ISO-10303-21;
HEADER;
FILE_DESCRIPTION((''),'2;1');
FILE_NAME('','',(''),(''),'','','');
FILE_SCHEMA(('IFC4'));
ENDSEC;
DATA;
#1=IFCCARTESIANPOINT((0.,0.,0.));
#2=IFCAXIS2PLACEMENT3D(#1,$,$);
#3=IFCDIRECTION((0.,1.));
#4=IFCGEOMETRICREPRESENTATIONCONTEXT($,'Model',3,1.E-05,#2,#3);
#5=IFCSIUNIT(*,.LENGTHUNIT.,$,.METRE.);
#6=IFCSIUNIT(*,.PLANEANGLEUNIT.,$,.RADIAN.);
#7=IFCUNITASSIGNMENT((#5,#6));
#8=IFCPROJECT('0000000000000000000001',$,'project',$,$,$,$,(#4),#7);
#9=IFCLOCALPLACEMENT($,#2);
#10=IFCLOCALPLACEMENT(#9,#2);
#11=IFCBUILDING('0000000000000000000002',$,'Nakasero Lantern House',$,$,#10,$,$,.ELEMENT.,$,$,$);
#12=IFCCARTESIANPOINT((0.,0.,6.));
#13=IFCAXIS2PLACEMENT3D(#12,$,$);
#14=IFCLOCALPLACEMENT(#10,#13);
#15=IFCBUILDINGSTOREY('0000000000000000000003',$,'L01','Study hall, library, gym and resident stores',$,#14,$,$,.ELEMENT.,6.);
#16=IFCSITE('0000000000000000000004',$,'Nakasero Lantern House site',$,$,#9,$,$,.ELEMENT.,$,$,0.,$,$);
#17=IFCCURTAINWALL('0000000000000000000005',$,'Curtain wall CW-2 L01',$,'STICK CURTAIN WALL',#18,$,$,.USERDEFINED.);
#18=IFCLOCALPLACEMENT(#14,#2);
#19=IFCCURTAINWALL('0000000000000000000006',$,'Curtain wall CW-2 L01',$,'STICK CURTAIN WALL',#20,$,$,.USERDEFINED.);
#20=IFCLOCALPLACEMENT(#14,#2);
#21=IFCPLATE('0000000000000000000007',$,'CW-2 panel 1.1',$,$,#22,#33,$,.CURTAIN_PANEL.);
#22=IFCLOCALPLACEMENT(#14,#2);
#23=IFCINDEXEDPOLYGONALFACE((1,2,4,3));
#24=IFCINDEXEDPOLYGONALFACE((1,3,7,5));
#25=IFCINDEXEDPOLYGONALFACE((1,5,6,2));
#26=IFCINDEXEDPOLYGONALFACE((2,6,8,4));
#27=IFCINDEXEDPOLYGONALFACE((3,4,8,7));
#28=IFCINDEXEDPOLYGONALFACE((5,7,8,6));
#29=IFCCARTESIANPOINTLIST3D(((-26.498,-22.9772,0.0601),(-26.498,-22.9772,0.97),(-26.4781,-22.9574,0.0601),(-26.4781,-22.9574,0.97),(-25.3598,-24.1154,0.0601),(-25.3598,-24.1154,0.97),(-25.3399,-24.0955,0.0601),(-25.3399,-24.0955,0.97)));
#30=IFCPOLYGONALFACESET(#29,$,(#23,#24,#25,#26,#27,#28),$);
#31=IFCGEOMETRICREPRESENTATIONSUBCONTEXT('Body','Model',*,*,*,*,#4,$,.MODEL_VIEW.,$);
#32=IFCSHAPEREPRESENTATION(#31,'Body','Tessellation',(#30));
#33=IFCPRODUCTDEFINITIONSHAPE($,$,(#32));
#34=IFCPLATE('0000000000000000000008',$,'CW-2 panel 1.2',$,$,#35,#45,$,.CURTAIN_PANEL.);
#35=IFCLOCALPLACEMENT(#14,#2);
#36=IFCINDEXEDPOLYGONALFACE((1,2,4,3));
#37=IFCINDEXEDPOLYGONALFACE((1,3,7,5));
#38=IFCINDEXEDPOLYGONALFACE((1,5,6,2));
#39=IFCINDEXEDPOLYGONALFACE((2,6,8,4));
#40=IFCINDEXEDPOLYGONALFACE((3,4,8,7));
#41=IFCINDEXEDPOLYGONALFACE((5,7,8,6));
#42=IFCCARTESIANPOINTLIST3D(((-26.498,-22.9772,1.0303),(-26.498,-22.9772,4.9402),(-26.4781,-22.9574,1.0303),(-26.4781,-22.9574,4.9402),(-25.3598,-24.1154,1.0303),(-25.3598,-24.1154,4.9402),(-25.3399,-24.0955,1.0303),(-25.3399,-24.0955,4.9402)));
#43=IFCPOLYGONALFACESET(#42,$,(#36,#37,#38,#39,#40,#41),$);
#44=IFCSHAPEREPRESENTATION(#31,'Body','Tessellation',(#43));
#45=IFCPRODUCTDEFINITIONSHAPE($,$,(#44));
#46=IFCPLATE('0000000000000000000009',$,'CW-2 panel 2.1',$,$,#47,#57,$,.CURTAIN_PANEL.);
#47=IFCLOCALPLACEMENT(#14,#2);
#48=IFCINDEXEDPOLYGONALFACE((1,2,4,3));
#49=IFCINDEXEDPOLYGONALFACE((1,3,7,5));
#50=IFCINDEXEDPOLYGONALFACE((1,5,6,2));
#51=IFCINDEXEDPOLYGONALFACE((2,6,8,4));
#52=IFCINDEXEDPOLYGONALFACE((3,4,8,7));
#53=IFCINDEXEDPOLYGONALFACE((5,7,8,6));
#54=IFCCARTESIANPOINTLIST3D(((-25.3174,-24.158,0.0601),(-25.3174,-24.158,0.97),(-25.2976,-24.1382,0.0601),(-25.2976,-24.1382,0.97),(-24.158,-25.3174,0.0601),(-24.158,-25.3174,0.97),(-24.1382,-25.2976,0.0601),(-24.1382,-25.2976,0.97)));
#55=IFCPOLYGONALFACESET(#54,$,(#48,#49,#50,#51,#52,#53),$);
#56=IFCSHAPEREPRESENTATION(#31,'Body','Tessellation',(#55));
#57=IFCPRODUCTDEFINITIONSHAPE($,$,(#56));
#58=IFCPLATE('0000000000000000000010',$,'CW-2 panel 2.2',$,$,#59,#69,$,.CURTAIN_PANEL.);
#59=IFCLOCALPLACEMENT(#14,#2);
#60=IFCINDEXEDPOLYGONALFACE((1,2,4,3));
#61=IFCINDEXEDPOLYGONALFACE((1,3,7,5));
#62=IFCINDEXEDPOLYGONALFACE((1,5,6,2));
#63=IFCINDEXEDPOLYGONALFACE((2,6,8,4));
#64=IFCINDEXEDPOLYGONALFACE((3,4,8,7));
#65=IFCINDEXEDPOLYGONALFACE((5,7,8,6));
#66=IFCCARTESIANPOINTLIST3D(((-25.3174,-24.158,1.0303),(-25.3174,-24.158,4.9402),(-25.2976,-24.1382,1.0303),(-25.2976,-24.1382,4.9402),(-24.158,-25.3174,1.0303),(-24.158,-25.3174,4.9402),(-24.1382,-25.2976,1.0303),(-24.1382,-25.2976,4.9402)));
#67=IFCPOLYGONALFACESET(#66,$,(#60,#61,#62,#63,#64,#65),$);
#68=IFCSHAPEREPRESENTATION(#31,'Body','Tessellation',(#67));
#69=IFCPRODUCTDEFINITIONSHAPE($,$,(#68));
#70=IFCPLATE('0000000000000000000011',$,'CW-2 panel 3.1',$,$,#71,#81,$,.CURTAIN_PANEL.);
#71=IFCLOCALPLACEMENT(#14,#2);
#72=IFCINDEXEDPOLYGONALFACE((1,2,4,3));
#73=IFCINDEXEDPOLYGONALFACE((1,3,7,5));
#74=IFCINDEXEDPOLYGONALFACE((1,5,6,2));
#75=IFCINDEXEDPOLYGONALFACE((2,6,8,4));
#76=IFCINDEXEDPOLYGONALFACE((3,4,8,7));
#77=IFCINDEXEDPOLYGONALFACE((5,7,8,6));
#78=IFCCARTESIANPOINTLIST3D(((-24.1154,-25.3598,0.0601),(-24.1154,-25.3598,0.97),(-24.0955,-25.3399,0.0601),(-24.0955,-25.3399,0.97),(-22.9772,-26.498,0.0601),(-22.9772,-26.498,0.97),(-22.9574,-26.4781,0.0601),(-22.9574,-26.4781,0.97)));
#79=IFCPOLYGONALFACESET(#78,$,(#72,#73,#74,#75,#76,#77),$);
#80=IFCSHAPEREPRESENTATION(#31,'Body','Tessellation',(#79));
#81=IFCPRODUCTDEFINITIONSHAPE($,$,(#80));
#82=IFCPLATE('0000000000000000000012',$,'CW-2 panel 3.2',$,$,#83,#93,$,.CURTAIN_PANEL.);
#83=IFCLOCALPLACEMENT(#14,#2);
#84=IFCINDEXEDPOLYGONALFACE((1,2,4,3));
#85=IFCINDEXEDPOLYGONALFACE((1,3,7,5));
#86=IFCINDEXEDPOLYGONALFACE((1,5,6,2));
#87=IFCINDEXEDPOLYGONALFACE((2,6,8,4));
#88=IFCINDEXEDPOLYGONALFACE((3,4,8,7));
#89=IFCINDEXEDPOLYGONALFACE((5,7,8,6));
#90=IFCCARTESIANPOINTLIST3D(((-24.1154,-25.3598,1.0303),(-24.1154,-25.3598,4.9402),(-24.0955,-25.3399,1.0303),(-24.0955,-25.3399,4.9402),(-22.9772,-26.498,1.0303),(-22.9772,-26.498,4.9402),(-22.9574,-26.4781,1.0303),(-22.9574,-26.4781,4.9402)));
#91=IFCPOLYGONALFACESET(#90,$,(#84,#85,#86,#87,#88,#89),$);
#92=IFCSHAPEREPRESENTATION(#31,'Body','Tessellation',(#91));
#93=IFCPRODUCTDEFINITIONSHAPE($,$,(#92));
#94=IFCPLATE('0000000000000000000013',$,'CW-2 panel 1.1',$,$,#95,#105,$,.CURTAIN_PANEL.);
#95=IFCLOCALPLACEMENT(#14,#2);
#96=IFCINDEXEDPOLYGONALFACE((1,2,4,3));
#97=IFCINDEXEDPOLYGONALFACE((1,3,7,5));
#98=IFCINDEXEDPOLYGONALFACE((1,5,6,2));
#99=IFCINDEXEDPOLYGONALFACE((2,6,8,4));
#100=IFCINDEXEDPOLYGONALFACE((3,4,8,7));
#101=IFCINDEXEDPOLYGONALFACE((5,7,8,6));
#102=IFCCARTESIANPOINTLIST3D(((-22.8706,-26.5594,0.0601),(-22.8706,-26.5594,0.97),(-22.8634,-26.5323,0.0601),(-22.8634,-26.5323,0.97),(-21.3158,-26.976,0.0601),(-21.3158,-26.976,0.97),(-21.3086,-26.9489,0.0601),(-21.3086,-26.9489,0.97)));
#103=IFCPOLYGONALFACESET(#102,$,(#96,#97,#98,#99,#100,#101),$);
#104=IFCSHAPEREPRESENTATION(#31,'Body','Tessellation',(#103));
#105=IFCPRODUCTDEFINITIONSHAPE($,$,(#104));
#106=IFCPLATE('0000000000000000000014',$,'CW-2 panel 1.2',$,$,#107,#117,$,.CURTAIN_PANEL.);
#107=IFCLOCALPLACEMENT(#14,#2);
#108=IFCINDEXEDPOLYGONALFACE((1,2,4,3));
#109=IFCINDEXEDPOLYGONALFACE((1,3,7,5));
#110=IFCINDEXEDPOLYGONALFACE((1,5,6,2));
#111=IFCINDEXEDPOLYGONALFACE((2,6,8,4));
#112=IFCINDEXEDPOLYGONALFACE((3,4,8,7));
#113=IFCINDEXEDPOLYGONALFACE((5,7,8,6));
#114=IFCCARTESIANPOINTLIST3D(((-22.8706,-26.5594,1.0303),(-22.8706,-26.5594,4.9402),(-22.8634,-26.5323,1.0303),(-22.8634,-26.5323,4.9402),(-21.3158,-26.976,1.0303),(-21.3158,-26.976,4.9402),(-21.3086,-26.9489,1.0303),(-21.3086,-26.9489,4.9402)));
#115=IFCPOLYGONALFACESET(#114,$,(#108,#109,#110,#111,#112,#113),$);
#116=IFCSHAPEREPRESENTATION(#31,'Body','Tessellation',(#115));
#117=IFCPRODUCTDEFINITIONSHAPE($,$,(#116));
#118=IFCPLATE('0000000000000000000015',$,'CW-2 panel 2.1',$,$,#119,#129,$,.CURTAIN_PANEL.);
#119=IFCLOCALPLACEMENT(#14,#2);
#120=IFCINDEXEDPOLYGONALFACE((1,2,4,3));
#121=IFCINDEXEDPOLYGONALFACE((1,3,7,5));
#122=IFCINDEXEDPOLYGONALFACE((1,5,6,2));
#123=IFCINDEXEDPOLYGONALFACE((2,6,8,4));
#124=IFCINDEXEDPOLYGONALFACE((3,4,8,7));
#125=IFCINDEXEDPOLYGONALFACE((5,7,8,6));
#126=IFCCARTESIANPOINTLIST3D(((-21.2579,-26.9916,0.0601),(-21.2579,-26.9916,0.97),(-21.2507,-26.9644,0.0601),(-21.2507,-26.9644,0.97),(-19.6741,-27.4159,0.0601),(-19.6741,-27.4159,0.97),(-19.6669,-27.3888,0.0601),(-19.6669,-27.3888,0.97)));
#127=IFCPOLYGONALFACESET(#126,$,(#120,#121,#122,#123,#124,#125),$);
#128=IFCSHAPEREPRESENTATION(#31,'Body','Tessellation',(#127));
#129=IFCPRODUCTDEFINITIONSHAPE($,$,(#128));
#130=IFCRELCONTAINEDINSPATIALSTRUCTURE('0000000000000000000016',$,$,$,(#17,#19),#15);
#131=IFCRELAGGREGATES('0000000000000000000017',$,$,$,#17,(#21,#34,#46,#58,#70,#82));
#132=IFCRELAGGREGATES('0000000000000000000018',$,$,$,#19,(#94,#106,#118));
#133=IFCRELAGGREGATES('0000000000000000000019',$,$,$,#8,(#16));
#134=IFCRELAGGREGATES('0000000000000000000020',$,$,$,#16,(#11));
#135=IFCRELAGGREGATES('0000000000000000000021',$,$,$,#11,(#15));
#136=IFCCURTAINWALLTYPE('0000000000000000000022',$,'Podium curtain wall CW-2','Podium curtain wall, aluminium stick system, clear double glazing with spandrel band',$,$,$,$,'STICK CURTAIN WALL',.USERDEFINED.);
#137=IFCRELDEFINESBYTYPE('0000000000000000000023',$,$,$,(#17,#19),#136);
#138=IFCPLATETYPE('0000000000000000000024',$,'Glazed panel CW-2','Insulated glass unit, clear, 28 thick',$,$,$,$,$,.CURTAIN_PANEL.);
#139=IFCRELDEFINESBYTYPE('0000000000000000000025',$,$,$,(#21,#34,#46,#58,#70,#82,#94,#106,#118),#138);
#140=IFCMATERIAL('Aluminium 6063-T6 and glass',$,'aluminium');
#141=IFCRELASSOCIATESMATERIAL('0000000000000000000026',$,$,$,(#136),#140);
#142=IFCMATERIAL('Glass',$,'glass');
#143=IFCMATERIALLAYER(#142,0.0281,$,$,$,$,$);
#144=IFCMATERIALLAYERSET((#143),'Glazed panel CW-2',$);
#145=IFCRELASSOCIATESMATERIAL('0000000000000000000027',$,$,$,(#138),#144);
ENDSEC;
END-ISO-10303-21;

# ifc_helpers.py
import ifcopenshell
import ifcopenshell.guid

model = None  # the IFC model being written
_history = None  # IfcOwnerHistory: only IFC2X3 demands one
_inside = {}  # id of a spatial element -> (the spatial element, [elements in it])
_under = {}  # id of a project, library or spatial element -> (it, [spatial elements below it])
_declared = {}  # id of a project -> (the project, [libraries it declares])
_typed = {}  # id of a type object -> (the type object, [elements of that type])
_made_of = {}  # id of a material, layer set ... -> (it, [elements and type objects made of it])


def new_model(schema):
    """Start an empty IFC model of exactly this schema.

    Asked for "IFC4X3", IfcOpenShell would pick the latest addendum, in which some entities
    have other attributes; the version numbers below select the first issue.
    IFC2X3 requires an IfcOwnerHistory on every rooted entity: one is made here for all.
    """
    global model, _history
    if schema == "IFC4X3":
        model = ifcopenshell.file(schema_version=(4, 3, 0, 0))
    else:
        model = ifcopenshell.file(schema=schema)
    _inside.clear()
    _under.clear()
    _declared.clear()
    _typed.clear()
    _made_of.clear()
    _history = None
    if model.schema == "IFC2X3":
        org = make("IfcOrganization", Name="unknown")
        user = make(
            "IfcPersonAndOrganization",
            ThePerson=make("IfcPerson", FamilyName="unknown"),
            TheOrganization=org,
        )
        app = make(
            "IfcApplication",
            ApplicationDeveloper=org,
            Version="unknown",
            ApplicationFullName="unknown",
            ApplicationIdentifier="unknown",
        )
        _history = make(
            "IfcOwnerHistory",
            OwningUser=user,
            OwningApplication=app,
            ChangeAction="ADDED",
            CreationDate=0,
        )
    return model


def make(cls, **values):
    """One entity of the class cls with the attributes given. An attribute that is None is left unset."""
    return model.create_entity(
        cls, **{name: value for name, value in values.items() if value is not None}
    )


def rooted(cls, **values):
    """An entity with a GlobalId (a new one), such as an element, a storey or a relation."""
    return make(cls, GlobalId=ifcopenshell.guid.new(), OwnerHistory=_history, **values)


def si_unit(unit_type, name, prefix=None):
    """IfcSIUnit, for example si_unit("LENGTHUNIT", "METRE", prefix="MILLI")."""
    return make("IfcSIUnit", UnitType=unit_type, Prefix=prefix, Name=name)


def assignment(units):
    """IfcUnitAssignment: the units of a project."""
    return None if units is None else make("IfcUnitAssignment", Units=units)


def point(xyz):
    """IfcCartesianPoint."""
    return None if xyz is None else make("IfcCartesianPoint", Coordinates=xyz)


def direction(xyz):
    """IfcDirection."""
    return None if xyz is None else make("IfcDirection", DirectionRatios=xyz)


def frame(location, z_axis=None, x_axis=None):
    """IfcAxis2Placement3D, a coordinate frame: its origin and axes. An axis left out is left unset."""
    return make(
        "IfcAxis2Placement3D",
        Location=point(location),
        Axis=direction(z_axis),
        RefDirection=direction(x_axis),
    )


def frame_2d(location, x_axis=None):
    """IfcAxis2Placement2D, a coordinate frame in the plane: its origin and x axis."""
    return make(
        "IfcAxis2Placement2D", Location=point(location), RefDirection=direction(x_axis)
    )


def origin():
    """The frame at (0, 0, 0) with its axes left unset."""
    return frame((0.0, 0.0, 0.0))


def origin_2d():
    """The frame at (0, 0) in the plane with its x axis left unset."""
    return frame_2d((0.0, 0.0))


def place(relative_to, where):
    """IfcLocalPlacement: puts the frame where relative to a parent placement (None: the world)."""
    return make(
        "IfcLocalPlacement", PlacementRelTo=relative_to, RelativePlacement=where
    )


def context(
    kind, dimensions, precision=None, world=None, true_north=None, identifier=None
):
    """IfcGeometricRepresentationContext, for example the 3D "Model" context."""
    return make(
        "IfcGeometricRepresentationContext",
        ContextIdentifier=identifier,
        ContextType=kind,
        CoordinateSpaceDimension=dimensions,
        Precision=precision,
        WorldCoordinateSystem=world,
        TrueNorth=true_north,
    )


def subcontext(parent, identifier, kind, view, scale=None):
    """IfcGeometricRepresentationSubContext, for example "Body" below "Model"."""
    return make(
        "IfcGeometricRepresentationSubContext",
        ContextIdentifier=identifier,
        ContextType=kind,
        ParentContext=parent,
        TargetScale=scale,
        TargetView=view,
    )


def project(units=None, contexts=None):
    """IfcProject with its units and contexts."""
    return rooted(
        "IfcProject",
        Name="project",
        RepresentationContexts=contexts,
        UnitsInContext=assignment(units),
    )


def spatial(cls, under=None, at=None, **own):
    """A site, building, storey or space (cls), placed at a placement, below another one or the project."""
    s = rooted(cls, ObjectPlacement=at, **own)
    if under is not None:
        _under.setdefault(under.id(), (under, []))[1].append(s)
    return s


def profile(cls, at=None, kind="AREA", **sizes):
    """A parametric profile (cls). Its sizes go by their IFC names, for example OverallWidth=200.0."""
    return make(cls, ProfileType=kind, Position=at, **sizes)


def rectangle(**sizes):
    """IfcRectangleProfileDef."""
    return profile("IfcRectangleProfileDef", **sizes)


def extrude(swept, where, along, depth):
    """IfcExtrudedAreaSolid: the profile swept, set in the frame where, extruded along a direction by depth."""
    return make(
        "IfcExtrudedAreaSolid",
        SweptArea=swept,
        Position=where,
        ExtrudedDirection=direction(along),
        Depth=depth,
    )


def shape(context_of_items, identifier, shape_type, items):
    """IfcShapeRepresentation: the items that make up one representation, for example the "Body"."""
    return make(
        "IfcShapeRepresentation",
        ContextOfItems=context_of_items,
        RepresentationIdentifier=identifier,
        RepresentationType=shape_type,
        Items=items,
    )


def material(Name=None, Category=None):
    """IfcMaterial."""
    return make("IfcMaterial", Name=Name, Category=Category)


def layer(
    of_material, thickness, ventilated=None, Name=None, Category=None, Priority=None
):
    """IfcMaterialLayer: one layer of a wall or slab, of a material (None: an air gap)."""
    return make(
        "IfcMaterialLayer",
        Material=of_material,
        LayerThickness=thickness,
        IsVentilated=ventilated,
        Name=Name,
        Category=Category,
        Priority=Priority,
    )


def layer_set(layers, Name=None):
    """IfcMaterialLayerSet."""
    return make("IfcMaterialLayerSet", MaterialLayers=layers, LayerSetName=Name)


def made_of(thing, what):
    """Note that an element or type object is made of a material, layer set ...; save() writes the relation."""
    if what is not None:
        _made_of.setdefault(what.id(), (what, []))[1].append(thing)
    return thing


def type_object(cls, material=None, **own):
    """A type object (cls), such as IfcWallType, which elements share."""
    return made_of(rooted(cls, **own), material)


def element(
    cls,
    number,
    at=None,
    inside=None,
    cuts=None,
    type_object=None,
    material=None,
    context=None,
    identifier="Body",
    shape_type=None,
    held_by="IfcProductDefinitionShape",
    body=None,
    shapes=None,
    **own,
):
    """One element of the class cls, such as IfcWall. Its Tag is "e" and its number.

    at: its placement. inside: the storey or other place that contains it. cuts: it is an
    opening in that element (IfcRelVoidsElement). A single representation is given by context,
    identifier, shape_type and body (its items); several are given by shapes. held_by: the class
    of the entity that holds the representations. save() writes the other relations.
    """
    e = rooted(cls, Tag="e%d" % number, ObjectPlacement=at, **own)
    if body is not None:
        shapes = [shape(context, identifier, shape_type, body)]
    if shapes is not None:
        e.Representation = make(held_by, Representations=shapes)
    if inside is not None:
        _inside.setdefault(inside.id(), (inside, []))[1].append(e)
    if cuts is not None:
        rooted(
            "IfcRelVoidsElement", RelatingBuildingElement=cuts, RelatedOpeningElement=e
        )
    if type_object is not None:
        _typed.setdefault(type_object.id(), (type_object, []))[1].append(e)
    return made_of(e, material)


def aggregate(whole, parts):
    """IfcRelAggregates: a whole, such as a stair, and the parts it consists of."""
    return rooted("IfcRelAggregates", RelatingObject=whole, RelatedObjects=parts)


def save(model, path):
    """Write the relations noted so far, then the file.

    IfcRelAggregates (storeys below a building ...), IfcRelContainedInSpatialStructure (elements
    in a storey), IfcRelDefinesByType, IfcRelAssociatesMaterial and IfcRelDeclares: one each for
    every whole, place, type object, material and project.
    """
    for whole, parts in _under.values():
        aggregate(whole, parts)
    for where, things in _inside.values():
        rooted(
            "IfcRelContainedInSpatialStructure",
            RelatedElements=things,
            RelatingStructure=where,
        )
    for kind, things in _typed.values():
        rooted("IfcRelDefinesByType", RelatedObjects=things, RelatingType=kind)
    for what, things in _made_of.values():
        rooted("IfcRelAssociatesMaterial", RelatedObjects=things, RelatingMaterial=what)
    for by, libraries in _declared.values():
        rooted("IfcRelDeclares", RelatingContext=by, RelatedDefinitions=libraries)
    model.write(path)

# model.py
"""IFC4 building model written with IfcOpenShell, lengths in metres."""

from ifc_helpers import new_model, si_unit, direction, frame, origin, origin_2d, place, context, subcontext, project, spatial, rectangle, extrude, material, layer, layer_set, type_object, element, aggregate, save


model = new_model("IFC4")

# Units and contexts
model_context = context("Model", 3, precision=1e-05, world=origin(), true_north=direction((0.0, 1.0)))
body_context = subcontext(model_context, "Body", "Model", "MODEL_VIEW")
ifc_project = project(units=[si_unit("LENGTHUNIT", "METRE"), si_unit("PLANEANGLEUNIT", "RADIAN")], contexts=[model_context])

# Site, building, storey
site_placement = place(None, origin())
site = spatial("IfcSite", under=ifc_project, at=site_placement, Name="Nakasero Lantern House site", CompositionType="ELEMENT", RefElevation=0.0)
building_placement = place(site_placement, origin())
building = spatial("IfcBuilding", under=site, at=building_placement, Name="Nakasero Lantern House", CompositionType="ELEMENT")
storey_placement = place(building_placement, frame((0.0, 0.0, 6.0)))
storey = spatial("IfcBuildingStorey", under=building, at=storey_placement, Name="L01", Description="Study hall, library, gym and resident stores", CompositionType="ELEMENT", Elevation=6.0)

# Curtain walls
ifc_material_1 = material(Name="Aluminium 6063-T6 and glass", Category="aluminium")
curtain_wall_type = type_object("IfcCurtainWallType", Name="Podium curtain wall CW-2", Description="Podium curtain wall, aluminium stick system, clear double glazing with spandrel band", ElementType="STICK CURTAIN WALL", PredefinedType="USERDEFINED", material=ifc_material_1)
curtain_wall_1_placement = place(storey_placement, origin())
curtain_wall_1 = element("IfcCurtainWall", 1, at=curtain_wall_1_placement, inside=storey, type_object=curtain_wall_type, Name="Curtain wall CW-2 L01", ObjectType="STICK CURTAIN WALL", PredefinedType="USERDEFINED")
curtain_wall_2_placement = place(storey_placement, origin())
curtain_wall_2 = element("IfcCurtainWall", 2, at=curtain_wall_2_placement, inside=storey, type_object=curtain_wall_type, Name="Curtain wall CW-2 L01", ObjectType="STICK CURTAIN WALL", PredefinedType="USERDEFINED")

# Plates
ifc_material_2 = material(Name="Glass", Category="glass")
ifc_layer = layer(ifc_material_2, 0.0281)
ifc_layer_set = layer_set([ifc_layer], Name="Glazed panel CW-2")
plate_type = type_object("IfcPlateType", Name="Glazed panel CW-2", Description="Insulated glass unit, clear, 28 thick", PredefinedType="CURTAIN_PANEL", material=ifc_layer_set)
plate_1_placement = place(storey_placement, frame((-25.9189, -23.5364, 0.0601), z_axis=(0.0, 0.0, 1.0), x_axis=(0.707107, -0.707107, 0.0)))
plate_1 = element("IfcPlate", 3, at=plate_1_placement, type_object=plate_type, Name="CW-2 panel 1.1", PredefinedType="CURTAIN_PANEL", context=body_context, shape_type="SweptSolid", body=[
    extrude(rectangle(XDim=1.6096, YDim=0.0281, at=origin_2d()), origin(), (0.0, 0.0, 1.0), 0.9099),
])
plate_2_placement = place(storey_placement, frame((-25.9189, -23.5364, 1.0303), z_axis=(0.0, 0.0, 1.0), x_axis=(0.707107, -0.707107, 0.0)))
plate_2 = element("IfcPlate", 4, at=plate_2_placement, type_object=plate_type, Name="CW-2 panel 1.2", PredefinedType="CURTAIN_PANEL", context=body_context, shape_type="SweptSolid", body=[
    extrude(rectangle(XDim=1.6096, YDim=0.0281, at=origin_2d()), origin(), (0.0, 0.0, 1.0), 3.9099),
])
plate_3_placement = place(storey_placement, frame((-24.7278, -24.7278, 0.0601), z_axis=(0.0, 0.0, 1.0), x_axis=(0.707107, -0.707107, 0.0)))
plate_3 = element("IfcPlate", 5, at=plate_3_placement, type_object=plate_type, Name="CW-2 panel 2.1", PredefinedType="CURTAIN_PANEL", context=body_context, shape_type="SweptSolid", body=[
    extrude(rectangle(XDim=1.6396, YDim=0.0281, at=origin_2d()), origin(), (0.0, 0.0, 1.0), 0.9099),
])
plate_4_placement = place(storey_placement, frame((-24.7278, -24.7278, 1.0303), z_axis=(0.0, 0.0, 1.0), x_axis=(0.707107, -0.707107, 0.0)))
plate_4 = element("IfcPlate", 6, at=plate_4_placement, type_object=plate_type, Name="CW-2 panel 2.2", PredefinedType="CURTAIN_PANEL", context=body_context, shape_type="SweptSolid", body=[
    extrude(rectangle(XDim=1.6396, YDim=0.0281, at=origin_2d()), origin(), (0.0, 0.0, 1.0), 3.9099),
])
plate_5_placement = place(storey_placement, frame((-23.5364, -25.9189, 0.0601), z_axis=(0.0, 0.0, 1.0), x_axis=(0.707107, -0.707107, 0.0)))
plate_5 = element("IfcPlate", 7, at=plate_5_placement, type_object=plate_type, Name="CW-2 panel 3.1", PredefinedType="CURTAIN_PANEL", context=body_context, shape_type="SweptSolid", body=[
    extrude(rectangle(XDim=1.6096, YDim=0.0281, at=origin_2d()), origin(), (0.0, 0.0, 1.0), 0.9099),
])
plate_6_placement = place(storey_placement, frame((-23.5364, -25.9189, 1.0303), z_axis=(0.0, 0.0, 1.0), x_axis=(0.707107, -0.707107, 0.0)))
plate_6 = element("IfcPlate", 8, at=plate_6_placement, type_object=plate_type, Name="CW-2 panel 3.2", PredefinedType="CURTAIN_PANEL", context=body_context, shape_type="SweptSolid", body=[
    extrude(rectangle(XDim=1.6096, YDim=0.0281, at=origin_2d()), origin(), (0.0, 0.0, 1.0), 3.9099),
])
aggregate(curtain_wall_1, [plate_1, plate_2, plate_3, plate_4, plate_5, plate_6])
plate_7_placement = place(storey_placement, frame((-22.0896, -26.7542, 0.0601), z_axis=(0.0, 0.0, 1.0), x_axis=(0.965926, -0.258819, 0.0)))
plate_7 = element("IfcPlate", 9, at=plate_7_placement, type_object=plate_type, Name="CW-2 panel 1.1", PredefinedType="CURTAIN_PANEL", context=body_context, shape_type="SweptSolid", body=[
    extrude(rectangle(XDim=1.6096, YDim=0.0281, at=origin_2d()), origin(), (0.0, 0.0, 1.0), 0.9099),
])
plate_8_placement = place(storey_placement, frame((-22.0896, -26.7542, 1.0303), z_axis=(0.0, 0.0, 1.0), x_axis=(0.965926, -0.258819, 0.0)))
plate_8 = element("IfcPlate", 10, at=plate_8_placement, type_object=plate_type, Name="CW-2 panel 1.2", PredefinedType="CURTAIN_PANEL", context=body_context, shape_type="SweptSolid", body=[
    extrude(rectangle(XDim=1.6096, YDim=0.0281, at=origin_2d()), origin(), (0.0, 0.0, 1.0), 3.9099),
])
plate_9_placement = place(storey_placement, frame((-20.4624, -27.1902, 0.0601), z_axis=(0.0, 0.0, 1.0), x_axis=(0.965926, -0.258819, 0.0)))
plate_9 = element("IfcPlate", 11, at=plate_9_placement, type_object=plate_type, Name="CW-2 panel 2.1", PredefinedType="CURTAIN_PANEL", context=body_context, shape_type="SweptSolid", body=[
    extrude(rectangle(XDim=1.6396, YDim=0.0281, at=origin_2d()), origin(), (0.0, 0.0, 1.0), 0.9099),
])
aggregate(curtain_wall_2, [plate_7, plate_8, plate_9])

save(model, "model.ifc")
